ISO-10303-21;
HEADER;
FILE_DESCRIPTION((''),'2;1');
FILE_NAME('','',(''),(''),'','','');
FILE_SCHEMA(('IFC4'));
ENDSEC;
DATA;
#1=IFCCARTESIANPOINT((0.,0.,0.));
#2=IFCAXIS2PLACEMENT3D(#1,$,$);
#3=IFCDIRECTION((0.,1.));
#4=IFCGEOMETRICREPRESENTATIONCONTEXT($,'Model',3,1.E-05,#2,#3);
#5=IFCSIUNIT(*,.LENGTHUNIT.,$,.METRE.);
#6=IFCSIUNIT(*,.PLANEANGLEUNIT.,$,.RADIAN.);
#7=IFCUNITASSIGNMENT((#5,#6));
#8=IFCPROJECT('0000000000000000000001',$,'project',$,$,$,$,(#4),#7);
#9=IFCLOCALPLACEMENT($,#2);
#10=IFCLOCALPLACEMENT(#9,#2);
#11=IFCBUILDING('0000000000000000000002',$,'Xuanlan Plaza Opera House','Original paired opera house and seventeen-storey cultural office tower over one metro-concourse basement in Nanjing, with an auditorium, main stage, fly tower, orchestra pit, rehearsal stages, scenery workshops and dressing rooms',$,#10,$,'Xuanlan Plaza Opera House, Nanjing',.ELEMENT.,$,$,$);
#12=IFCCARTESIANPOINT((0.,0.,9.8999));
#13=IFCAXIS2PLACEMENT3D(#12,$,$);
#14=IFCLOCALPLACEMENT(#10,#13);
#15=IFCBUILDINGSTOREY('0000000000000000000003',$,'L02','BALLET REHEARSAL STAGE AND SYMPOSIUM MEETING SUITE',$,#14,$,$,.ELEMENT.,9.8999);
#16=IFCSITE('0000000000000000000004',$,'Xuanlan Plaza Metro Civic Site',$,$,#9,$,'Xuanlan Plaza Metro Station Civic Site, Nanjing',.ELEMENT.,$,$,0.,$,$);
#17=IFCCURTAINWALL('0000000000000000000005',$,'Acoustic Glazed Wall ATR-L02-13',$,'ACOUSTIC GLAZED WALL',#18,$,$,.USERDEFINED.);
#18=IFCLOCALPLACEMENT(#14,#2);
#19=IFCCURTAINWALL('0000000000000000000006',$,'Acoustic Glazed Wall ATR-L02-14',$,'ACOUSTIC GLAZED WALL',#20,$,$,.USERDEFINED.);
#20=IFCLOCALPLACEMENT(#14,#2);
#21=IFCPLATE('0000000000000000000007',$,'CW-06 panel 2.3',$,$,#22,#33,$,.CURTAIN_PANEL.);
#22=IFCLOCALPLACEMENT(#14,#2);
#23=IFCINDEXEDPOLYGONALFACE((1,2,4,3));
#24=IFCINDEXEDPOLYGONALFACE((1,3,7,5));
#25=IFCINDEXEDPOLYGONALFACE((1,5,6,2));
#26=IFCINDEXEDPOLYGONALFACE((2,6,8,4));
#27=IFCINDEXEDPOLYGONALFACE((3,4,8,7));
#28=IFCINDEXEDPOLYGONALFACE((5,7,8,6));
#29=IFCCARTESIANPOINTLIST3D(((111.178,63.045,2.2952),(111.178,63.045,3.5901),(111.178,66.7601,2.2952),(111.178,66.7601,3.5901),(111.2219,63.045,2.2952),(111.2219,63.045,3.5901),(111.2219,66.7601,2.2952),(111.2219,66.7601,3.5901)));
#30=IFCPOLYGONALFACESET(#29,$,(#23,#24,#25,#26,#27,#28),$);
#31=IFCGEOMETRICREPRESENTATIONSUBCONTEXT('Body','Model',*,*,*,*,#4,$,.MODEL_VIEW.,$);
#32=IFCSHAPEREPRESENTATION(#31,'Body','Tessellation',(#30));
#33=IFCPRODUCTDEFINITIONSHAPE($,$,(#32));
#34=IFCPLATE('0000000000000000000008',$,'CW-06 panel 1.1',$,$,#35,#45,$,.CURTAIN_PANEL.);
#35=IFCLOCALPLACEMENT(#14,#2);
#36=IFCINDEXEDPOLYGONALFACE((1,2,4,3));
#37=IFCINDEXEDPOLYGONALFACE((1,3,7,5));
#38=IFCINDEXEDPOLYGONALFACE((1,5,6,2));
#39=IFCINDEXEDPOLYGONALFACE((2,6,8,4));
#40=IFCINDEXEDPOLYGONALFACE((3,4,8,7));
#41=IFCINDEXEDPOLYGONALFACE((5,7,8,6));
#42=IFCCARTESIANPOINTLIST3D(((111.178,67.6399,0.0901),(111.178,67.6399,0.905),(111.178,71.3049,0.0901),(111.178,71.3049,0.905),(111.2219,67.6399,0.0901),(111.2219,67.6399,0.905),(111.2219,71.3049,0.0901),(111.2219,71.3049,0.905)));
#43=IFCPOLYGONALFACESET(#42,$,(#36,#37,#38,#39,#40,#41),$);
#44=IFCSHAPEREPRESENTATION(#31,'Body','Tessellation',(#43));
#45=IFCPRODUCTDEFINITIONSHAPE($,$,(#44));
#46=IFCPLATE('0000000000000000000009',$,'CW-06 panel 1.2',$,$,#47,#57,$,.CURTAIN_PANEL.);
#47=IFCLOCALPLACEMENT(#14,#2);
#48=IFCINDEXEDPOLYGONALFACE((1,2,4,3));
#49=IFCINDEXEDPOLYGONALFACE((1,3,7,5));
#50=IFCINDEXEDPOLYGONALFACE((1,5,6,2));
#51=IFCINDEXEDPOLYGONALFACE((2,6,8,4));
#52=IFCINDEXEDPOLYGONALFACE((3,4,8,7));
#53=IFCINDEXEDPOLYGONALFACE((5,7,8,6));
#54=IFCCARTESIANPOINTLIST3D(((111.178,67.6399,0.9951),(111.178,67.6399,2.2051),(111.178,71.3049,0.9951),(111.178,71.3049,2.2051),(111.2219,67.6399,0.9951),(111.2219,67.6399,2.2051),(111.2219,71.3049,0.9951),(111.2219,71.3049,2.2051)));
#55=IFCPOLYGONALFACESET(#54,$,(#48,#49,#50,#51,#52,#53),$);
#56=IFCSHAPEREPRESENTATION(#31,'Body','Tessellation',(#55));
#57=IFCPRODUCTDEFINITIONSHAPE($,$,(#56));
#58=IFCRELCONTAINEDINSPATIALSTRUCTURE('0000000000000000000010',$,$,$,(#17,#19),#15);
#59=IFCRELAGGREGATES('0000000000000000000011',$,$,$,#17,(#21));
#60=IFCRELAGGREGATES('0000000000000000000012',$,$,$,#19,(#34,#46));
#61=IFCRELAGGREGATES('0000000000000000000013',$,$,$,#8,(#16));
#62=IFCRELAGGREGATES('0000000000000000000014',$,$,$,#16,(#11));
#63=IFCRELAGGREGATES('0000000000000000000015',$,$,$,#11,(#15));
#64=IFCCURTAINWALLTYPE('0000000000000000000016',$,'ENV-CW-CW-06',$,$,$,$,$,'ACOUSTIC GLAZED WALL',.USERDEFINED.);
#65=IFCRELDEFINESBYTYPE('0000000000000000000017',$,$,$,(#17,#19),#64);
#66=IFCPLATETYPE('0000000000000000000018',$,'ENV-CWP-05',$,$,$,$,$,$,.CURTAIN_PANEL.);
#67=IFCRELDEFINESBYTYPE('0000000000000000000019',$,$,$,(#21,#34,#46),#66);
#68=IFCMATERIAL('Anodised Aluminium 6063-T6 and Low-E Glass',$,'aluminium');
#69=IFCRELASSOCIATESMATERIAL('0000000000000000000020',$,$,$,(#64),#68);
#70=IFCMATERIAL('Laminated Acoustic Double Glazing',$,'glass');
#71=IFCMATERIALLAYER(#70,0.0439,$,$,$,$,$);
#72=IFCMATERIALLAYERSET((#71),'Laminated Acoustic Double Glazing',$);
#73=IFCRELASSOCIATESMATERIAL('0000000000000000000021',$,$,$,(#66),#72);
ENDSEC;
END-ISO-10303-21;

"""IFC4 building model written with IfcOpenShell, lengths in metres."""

from ifc_helpers import new_model, si_unit, direction, frame, origin, origin_2d, place, context, subcontext, project, spatial, rectangle, extrude, material, layer, layer_set, type_object, element, aggregate, save


model = new_model("IFC4")

# Units and contexts
model_context = context("Model", 3, precision=1e-05, world=origin(), true_north=direction((0.0, 1.0)))
body_context = subcontext(model_context, "Body", "Model", "MODEL_VIEW")
ifc_project = project(units=[si_unit("LENGTHUNIT", "METRE"), si_unit("PLANEANGLEUNIT", "RADIAN")], contexts=[model_context])

# Site, building, storey
site_placement = place(None, origin())
site = spatial("IfcSite", under=ifc_project, at=site_placement, Name="Xuanlan Plaza Metro Civic Site", LongName="Xuanlan Plaza Metro Station Civic Site, Nanjing", CompositionType="ELEMENT", RefElevation=0.0)
building_placement = place(site_placement, origin())
building = spatial("IfcBuilding", under=site, at=building_placement, Name="Xuanlan Plaza Opera House", Description="Original paired opera house and seventeen-storey cultural office tower over one metro-concourse basement in Nanjing, with an auditorium, main stage, fly tower, orchestra pit, rehearsal stages, scenery workshops and dressing rooms", LongName="Xuanlan Plaza Opera House, Nanjing", CompositionType="ELEMENT")
storey_placement = place(building_placement, frame((0.0, 0.0, 9.8999)))
storey = spatial("IfcBuildingStorey", under=building, at=storey_placement, Name="L02", Description="BALLET REHEARSAL STAGE AND SYMPOSIUM MEETING SUITE", CompositionType="ELEMENT", Elevation=9.8999)

# Curtain wall
ifc_material_1 = material(Name="Anodised Aluminium 6063-T6 and Low-E Glass", Category="aluminium")
curtain_wall_type = type_object("IfcCurtainWallType", Name="ENV-CW-CW-06", ElementType="ACOUSTIC GLAZED WALL", PredefinedType="USERDEFINED", material=ifc_material_1)
curtain_wall_1_placement = place(storey_placement, origin())
curtain_wall_1 = element("IfcCurtainWall", 1, at=curtain_wall_1_placement, inside=storey, type_object=curtain_wall_type, Name="Acoustic Glazed Wall ATR-L02-13", ObjectType="ACOUSTIC GLAZED WALL", PredefinedType="USERDEFINED")

# Curtain wall
curtain_wall_2_placement = place(storey_placement, origin())
curtain_wall_2 = element("IfcCurtainWall", 2, at=curtain_wall_2_placement, inside=storey, type_object=curtain_wall_type, Name="Acoustic Glazed Wall ATR-L02-14", ObjectType="ACOUSTIC GLAZED WALL", PredefinedType="USERDEFINED")

# Plates
ifc_material_2 = material(Name="Laminated Acoustic Double Glazing", Category="glass")
ifc_layer = layer(ifc_material_2, 0.0439)
ifc_layer_set = layer_set([ifc_layer], Name="Laminated Acoustic Double Glazing")
plate_type = type_object("IfcPlateType", Name="ENV-CWP-05", PredefinedType="CURTAIN_PANEL", material=ifc_layer_set)
plate_1_placement = place(storey_placement, frame((111.2, 64.9026, 2.2952), z_axis=(0.0, 0.0, 1.0), x_axis=(0.0, 1.0, 0.0)))
plate_1 = element("IfcPlate", 3, at=plate_1_placement, type_object=plate_type, Name="CW-06 panel 2.3", PredefinedType="CURTAIN_PANEL", context=body_context, shape_type="SweptSolid", body=[
    extrude(rectangle(XDim=3.7151, YDim=0.0439, at=origin_2d()), origin(), (0.0, 0.0, 1.0), 1.2949),
])
aggregate(curtain_wall_1, [plate_1])
plate_2_placement = place(storey_placement, frame((111.2, 69.4724, 0.0901), z_axis=(0.0, 0.0, 1.0), x_axis=(0.0, 1.0, 0.0)))
plate_2 = element("IfcPlate", 4, at=plate_2_placement, type_object=plate_type, Name="CW-06 panel 1.1", PredefinedType="CURTAIN_PANEL", context=body_context, shape_type="SweptSolid", body=[
    extrude(rectangle(XDim=3.665, YDim=0.0439, at=origin_2d()), origin(), (0.0, 0.0, 1.0), 0.8149),
])
plate_3_placement = place(storey_placement, frame((111.2, 69.4724, 0.9951), z_axis=(0.0, 0.0, 1.0), x_axis=(0.0, 1.0, 0.0)))
plate_3 = element("IfcPlate", 5, at=plate_3_placement, type_object=plate_type, Name="CW-06 panel 1.2", PredefinedType="CURTAIN_PANEL", context=body_context, shape_type="SweptSolid", body=[
    extrude(rectangle(XDim=3.665, YDim=0.0439, at=origin_2d()), origin(), (0.0, 0.0, 1.0), 1.21),
])
aggregate(curtain_wall_2, [plate_2, plate_3])

save(model, "model.ifc")
